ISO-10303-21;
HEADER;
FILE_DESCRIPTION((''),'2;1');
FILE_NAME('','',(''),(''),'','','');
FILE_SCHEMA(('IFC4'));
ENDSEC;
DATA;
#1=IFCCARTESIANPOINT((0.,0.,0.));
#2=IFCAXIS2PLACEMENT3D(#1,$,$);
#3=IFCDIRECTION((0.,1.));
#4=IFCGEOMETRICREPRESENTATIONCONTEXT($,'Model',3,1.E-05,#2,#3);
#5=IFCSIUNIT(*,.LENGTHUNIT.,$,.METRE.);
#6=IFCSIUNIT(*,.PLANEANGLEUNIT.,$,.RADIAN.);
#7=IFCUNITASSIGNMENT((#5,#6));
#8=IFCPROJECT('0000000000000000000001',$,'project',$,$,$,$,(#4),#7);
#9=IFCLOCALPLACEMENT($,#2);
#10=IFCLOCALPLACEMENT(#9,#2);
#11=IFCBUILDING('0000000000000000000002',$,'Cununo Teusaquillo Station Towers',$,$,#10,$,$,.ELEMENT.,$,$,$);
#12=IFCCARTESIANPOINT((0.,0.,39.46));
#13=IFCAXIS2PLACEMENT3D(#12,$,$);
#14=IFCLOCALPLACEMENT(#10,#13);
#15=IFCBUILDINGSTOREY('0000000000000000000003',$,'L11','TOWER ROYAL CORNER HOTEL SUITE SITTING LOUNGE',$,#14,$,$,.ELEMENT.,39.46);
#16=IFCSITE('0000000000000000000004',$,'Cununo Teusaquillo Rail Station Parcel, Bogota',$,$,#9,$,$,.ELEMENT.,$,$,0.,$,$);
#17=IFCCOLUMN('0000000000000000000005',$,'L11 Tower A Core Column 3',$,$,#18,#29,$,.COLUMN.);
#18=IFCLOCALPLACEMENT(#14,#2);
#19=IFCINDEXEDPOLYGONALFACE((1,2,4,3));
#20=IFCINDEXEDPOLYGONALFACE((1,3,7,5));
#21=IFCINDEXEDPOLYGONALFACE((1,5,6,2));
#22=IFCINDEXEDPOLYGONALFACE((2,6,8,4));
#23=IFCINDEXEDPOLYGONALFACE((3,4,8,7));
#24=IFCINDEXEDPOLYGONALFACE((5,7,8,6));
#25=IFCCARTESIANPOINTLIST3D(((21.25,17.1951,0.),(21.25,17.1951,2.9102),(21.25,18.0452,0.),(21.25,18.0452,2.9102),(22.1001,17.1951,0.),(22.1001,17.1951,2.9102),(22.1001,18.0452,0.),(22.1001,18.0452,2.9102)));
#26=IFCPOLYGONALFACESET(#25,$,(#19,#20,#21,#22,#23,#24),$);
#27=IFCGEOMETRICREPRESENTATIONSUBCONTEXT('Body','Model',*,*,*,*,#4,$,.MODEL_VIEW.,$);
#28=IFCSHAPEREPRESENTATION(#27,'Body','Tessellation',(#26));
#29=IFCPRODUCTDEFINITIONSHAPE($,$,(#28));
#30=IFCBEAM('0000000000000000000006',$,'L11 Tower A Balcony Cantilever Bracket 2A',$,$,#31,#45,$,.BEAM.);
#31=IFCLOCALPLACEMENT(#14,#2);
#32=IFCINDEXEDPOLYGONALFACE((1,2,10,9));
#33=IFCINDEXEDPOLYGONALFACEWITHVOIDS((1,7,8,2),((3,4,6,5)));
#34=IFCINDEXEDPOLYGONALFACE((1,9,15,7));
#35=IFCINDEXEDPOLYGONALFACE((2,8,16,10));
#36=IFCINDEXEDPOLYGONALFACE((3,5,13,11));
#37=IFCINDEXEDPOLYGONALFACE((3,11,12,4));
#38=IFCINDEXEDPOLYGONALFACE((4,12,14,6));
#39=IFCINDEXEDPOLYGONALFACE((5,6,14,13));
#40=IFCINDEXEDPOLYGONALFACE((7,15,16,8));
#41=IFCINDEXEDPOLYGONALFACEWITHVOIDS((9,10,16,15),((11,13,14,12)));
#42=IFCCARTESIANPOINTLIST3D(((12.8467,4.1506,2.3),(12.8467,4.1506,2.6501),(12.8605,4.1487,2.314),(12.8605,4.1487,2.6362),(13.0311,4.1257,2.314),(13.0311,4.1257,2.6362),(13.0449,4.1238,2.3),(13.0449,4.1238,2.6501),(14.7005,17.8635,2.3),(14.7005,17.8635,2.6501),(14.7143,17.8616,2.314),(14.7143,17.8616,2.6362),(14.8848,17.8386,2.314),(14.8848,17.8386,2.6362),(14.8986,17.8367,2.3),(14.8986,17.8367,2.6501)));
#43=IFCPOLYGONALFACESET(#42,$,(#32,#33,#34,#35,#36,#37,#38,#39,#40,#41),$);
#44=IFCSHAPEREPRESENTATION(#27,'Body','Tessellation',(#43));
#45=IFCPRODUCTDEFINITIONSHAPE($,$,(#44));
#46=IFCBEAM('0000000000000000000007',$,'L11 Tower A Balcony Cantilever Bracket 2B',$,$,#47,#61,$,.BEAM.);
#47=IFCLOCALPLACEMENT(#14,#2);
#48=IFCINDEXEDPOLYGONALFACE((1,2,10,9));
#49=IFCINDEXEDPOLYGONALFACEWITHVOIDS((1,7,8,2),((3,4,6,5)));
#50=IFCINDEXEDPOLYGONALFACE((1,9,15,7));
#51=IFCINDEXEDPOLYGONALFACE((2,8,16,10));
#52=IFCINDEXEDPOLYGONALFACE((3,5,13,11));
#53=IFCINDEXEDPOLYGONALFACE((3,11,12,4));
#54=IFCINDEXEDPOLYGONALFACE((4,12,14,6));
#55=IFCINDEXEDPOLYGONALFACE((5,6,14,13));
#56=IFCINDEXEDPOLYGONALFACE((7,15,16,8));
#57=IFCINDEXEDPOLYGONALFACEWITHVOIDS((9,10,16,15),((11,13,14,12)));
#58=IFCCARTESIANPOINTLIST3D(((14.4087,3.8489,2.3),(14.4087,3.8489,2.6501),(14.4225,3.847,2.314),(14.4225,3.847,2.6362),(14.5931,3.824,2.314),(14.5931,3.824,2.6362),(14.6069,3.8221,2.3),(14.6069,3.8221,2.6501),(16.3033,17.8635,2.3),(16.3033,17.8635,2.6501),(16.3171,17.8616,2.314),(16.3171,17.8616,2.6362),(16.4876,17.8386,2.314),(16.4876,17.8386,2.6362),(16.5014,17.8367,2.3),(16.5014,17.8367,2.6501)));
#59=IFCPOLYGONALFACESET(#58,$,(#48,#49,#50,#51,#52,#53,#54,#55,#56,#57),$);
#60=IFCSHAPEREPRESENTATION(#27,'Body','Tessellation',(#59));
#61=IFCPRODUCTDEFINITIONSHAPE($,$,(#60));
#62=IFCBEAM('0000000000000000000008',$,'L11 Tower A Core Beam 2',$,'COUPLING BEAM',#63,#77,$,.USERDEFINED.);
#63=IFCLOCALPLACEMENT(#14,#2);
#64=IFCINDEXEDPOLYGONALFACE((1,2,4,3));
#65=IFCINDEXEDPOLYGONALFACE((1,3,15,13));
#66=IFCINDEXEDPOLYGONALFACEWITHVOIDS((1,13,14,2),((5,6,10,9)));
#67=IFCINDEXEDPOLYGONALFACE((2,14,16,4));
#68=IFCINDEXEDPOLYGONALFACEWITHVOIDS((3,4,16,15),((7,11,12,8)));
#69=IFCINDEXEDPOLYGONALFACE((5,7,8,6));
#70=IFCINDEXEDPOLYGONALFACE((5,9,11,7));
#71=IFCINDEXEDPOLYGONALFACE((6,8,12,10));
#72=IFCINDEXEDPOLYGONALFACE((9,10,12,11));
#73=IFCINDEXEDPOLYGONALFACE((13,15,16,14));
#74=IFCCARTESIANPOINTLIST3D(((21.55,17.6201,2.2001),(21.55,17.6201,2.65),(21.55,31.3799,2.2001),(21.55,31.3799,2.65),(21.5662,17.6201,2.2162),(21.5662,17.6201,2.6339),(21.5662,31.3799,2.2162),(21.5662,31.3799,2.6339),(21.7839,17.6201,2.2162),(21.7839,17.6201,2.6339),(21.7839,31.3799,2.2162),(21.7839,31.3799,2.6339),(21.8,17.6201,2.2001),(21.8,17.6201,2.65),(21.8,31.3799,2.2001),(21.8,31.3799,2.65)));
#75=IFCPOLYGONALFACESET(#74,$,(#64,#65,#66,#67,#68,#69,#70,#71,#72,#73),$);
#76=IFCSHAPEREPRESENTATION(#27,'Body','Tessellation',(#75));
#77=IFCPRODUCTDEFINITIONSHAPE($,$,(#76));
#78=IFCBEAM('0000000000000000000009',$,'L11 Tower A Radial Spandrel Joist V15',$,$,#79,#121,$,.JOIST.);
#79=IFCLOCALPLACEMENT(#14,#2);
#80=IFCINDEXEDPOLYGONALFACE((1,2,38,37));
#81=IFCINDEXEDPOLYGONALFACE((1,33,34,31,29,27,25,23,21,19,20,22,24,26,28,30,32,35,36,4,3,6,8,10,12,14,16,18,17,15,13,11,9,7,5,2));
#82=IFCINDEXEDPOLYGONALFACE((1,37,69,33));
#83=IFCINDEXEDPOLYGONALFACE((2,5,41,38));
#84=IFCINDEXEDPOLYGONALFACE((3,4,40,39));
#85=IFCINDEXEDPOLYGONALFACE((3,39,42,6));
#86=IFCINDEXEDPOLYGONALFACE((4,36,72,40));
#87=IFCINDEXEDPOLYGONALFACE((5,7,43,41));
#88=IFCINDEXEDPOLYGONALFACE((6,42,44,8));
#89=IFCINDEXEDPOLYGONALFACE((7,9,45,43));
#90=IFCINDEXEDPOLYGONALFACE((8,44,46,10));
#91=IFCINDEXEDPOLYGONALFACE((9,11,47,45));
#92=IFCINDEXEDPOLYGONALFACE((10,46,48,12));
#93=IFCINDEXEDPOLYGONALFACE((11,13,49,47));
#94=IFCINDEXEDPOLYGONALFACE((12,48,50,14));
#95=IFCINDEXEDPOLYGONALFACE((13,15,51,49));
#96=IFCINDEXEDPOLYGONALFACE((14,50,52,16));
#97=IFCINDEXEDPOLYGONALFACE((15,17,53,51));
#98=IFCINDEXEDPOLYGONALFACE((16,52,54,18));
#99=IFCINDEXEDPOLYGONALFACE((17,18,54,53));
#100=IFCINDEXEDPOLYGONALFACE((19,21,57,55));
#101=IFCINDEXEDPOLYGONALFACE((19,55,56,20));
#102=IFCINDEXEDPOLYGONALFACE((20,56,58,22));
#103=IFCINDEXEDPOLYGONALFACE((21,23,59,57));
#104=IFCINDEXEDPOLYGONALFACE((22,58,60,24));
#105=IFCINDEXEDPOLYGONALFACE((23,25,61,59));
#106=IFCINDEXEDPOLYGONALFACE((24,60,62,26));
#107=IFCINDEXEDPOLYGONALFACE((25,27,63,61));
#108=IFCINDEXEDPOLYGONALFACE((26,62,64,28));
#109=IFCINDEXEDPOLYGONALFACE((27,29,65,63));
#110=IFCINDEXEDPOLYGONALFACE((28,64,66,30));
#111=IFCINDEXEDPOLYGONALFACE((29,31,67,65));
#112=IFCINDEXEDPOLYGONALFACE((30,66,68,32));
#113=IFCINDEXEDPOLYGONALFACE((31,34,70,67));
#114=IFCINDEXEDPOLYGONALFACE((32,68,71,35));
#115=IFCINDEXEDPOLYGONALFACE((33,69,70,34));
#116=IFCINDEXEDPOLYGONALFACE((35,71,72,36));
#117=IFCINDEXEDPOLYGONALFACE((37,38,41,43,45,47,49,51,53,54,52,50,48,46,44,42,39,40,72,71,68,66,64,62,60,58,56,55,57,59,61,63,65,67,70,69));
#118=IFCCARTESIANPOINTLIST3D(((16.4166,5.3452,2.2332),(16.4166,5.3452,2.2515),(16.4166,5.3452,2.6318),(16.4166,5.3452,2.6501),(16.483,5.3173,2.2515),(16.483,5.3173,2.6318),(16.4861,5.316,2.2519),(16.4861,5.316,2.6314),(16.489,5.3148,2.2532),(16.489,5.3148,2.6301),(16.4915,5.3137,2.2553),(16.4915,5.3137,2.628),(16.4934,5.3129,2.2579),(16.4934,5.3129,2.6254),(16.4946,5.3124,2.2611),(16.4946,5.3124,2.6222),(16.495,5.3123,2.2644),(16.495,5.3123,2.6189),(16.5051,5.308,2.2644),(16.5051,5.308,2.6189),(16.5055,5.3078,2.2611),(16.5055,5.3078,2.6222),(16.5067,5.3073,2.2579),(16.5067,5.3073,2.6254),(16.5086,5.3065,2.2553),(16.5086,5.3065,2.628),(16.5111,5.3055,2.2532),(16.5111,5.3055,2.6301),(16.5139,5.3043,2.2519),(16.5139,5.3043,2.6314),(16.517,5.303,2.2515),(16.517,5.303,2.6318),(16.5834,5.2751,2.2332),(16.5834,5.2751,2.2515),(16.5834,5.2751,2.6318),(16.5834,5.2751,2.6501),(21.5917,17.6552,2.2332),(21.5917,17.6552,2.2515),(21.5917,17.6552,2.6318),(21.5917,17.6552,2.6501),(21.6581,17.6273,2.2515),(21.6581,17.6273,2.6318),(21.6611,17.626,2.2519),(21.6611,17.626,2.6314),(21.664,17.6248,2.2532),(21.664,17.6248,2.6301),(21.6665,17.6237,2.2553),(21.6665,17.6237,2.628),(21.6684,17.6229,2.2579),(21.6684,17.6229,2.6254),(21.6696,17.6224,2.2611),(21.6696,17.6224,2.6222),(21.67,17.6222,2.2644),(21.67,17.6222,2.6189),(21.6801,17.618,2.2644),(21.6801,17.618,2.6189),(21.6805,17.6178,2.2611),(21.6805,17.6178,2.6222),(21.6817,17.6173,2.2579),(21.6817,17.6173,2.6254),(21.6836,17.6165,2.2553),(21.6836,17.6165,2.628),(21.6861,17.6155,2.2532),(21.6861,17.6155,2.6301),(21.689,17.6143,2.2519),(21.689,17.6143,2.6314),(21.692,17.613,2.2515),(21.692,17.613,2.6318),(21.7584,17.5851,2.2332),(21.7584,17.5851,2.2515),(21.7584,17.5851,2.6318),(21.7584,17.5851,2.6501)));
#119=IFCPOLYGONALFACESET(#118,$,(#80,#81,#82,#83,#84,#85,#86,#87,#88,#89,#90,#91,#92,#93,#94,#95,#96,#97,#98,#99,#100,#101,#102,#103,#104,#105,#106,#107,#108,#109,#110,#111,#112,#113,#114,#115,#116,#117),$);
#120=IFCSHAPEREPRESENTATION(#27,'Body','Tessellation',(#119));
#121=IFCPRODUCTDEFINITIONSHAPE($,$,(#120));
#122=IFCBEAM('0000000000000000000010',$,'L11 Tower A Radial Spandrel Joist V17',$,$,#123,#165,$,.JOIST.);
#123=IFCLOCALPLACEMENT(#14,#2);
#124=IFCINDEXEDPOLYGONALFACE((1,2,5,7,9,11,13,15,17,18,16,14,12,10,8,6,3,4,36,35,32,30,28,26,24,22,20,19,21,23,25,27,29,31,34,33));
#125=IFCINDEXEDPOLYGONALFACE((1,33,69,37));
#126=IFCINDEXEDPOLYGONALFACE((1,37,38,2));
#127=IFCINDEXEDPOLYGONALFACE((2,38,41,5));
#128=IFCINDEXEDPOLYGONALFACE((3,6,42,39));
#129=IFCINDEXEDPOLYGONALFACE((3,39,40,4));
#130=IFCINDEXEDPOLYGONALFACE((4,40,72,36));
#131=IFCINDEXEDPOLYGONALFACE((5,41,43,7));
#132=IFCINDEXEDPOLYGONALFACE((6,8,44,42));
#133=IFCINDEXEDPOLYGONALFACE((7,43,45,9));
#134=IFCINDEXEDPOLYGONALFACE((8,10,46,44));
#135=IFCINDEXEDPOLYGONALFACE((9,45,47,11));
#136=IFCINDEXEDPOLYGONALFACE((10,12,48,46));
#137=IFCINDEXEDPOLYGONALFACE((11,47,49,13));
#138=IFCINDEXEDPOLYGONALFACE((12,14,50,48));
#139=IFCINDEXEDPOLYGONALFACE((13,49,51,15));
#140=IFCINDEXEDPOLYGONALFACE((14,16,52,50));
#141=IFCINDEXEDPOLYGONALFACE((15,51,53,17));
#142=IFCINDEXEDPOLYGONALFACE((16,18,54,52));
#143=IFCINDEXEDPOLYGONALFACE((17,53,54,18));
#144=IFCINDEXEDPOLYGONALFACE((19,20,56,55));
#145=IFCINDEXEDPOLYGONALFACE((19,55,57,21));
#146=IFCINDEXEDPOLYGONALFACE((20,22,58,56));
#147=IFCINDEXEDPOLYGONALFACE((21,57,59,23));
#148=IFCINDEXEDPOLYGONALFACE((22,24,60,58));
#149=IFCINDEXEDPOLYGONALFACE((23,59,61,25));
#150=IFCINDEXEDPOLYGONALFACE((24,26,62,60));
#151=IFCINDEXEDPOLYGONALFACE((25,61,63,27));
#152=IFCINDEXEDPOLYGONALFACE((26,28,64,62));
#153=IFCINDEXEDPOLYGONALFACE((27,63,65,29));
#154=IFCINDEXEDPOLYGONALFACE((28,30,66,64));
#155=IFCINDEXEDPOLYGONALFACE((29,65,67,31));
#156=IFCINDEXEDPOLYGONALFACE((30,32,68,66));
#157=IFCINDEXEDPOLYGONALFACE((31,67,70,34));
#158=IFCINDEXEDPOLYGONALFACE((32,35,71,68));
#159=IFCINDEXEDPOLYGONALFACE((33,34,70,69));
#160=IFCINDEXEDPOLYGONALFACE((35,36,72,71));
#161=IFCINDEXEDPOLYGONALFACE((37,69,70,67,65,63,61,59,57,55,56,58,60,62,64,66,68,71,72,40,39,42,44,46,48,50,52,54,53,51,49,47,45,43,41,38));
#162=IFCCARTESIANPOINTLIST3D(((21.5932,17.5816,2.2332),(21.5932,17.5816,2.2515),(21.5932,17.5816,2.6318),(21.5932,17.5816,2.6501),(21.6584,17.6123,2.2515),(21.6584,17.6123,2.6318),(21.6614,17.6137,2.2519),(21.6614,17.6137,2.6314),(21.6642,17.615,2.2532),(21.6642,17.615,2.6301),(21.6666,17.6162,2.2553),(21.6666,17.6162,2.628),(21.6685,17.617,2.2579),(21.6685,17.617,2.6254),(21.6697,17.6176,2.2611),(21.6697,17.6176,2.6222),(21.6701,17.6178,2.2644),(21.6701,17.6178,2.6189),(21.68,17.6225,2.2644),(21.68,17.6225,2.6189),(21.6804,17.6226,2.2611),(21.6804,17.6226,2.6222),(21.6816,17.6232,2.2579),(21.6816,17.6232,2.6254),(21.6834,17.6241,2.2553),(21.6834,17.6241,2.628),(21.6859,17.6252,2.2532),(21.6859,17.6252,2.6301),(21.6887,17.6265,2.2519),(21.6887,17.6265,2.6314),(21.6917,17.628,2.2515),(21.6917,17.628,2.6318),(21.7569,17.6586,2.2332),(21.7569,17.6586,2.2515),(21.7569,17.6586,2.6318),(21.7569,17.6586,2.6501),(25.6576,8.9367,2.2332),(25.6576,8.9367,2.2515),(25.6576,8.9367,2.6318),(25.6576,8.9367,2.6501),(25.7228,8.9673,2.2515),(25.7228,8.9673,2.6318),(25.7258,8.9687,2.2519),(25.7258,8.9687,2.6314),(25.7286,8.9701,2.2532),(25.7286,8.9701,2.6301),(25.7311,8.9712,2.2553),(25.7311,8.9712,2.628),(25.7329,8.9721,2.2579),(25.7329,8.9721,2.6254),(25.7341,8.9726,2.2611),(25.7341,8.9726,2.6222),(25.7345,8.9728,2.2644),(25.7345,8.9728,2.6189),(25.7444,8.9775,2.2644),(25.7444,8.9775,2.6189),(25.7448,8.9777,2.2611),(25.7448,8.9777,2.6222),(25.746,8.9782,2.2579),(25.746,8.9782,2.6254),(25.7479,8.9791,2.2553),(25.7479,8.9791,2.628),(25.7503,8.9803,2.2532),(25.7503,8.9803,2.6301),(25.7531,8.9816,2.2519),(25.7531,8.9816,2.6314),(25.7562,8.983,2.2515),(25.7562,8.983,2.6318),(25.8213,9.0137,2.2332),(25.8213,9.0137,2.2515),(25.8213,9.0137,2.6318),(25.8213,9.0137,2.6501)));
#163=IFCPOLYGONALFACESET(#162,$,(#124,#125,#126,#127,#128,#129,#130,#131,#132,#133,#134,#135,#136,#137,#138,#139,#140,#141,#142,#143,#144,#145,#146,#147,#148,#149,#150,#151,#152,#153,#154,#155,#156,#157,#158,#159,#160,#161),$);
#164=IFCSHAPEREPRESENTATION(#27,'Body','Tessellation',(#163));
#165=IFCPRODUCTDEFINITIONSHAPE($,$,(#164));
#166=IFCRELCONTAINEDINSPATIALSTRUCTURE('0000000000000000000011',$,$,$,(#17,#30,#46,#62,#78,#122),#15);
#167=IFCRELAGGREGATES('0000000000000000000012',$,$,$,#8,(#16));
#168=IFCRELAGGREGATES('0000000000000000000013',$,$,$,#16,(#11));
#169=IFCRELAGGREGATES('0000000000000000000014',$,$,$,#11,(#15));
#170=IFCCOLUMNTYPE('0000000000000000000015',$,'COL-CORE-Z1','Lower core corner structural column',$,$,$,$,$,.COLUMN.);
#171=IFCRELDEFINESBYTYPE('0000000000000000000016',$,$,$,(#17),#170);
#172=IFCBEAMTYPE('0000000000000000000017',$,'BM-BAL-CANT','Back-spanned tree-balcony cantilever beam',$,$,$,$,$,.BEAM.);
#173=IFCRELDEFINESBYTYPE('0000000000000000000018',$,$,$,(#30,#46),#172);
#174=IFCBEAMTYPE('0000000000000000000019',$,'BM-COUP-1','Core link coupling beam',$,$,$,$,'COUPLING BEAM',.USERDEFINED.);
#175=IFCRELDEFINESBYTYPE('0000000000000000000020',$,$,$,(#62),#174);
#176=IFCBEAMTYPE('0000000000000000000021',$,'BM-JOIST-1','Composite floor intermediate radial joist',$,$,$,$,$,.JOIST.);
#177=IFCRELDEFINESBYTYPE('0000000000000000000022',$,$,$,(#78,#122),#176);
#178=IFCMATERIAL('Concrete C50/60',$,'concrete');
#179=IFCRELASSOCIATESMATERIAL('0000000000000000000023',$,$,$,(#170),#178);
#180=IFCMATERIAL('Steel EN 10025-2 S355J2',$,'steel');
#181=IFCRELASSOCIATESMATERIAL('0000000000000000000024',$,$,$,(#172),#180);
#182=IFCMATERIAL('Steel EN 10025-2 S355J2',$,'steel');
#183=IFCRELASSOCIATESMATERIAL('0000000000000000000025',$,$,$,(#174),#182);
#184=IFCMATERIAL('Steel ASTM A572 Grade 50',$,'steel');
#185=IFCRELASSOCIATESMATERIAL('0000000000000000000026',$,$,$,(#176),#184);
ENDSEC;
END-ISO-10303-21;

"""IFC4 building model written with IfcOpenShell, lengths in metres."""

from ifc_helpers import new_model, si_unit, direction, frame, origin, origin_2d, place, context, subcontext, project, spatial, rectangle, hollow_rectangle, i_section, extrude, material, material_profile, profile_set, type_object, element, save


model = new_model("IFC4")

# Units and contexts
model_context = context("Model", 3, precision=1e-05, world=origin(), true_north=direction((0.0, 1.0)))
body_context = subcontext(model_context, "Body", "Model", "MODEL_VIEW")
ifc_project = project(units=[si_unit("LENGTHUNIT", "METRE"), si_unit("PLANEANGLEUNIT", "RADIAN")], contexts=[model_context])

# Site, building, storey
site_placement = place(None, origin())
site = spatial("IfcSite", under=ifc_project, at=site_placement, Name="Cununo Teusaquillo Rail Station Parcel, Bogota", CompositionType="ELEMENT", RefElevation=0.0)
building_placement = place(site_placement, origin())
building = spatial("IfcBuilding", under=site, at=building_placement, Name="Cununo Teusaquillo Station Towers", CompositionType="ELEMENT")
storey_placement = place(building_placement, frame((0.0, 0.0, 39.46)))
storey = spatial("IfcBuildingStorey", under=building, at=storey_placement, Name="L11", Description="TOWER ROYAL CORNER HOTEL SUITE SITTING LOUNGE", CompositionType="ELEMENT", Elevation=39.46)

# Column
ifc_material_1 = material(Name="Concrete C50/60", Category="concrete")
ifc_material_profile_1 = material_profile(ifc_material_1, rectangle(XDim=0.8501, YDim=0.8501, at=origin_2d()), Name="RC-RECT-850x850")
ifc_profile_set_1 = profile_set([ifc_material_profile_1], Name="Concrete C50/60")
column_type = type_object("IfcColumnType", Name="COL-CORE-Z1", Description="Lower core corner structural column", PredefinedType="COLUMN", material=ifc_profile_set_1)
column_placement = place(storey_placement, frame((21.675, 17.6201, 0.0), z_axis=(0.0, 0.0, 1.0), x_axis=(1.0, 0.0, 0.0)))
element("IfcColumn", 1, at=column_placement, inside=storey, type_object=column_type, Name="L11 Tower A Core Column 3", PredefinedType="COLUMN", context=body_context, shape_type="SweptSolid", body=[
    extrude(rectangle(XDim=0.8501, YDim=0.8501, at=origin_2d()), origin(), (0.0, 0.0, 1.0), 2.9102),
])

# Beams
ifc_material_2 = material(Name="Steel EN 10025-2 S355J2", Category="steel")
ifc_material_profile_2 = material_profile(ifc_material_2, hollow_rectangle(XDim=0.2, YDim=0.3501, WallThickness=0.0139, at=origin_2d()), Name="RHS 350x200x14")
ifc_profile_set_2 = profile_set([ifc_material_profile_2], Name="Steel EN 10025-2 S355J2")
beam_type_1 = type_object("IfcBeamType", Name="BM-BAL-CANT", Description="Back-spanned tree-balcony cantilever beam", PredefinedType="BEAM", material=ifc_profile_set_2)
beam_1_placement = place(storey_placement, frame((14.7996, 17.8501, 2.4751), z_axis=(-0.133965, -0.990986, 0.0), x_axis=(0.990986, -0.133965, 0.0)))
element("IfcBeam", 2, at=beam_1_placement, inside=storey, type_object=beam_type_1, Name="L11 Tower A Balcony Cantilever Bracket 2A", PredefinedType="BEAM", context=body_context, shape_type="SweptSolid", body=[
    extrude(hollow_rectangle(XDim=0.2, YDim=0.3501, WallThickness=0.0139, at=origin_2d()), origin(), (0.0, 0.0, 1.0), 13.8376),
])
beam_2_placement = place(storey_placement, frame((16.4023, 17.8501, 2.4751), z_axis=(-0.133964, -0.990986, 0.0), x_axis=(0.990986, -0.133964, 0.0)))
element("IfcBeam", 3, at=beam_2_placement, inside=storey, type_object=beam_type_1, Name="L11 Tower A Balcony Cantilever Bracket 2B", PredefinedType="BEAM", context=body_context, shape_type="SweptSolid", body=[
    extrude(hollow_rectangle(XDim=0.2, YDim=0.3501, WallThickness=0.0139, at=origin_2d()), origin(), (0.0, 0.0, 1.0), 14.1421),
])
ifc_material_3 = material(Name="Steel EN 10025-2 S355J2", Category="steel")
ifc_material_profile_3 = material_profile(ifc_material_3, hollow_rectangle(XDim=0.25, YDim=0.45, WallThickness=0.0161, at=origin_2d()), Name="RHS 450x250x16")
ifc_profile_set_3 = profile_set([ifc_material_profile_3], Name="Steel EN 10025-2 S355J2")
beam_type_2 = type_object("IfcBeamType", Name="BM-COUP-1", Description="Core link coupling beam", ElementType="COUPLING BEAM", PredefinedType="USERDEFINED", material=ifc_profile_set_3)
beam_3_placement = place(storey_placement, frame((21.675, 17.6201, 2.425), z_axis=(0.0, 1.0, 0.0), x_axis=(-1.0, 0.0, 0.0)))
element("IfcBeam", 4, at=beam_3_placement, inside=storey, type_object=beam_type_2, Name="L11 Tower A Core Beam 2", ObjectType="COUPLING BEAM", PredefinedType="USERDEFINED", context=body_context, shape_type="SweptSolid", body=[
    extrude(hollow_rectangle(XDim=0.25, YDim=0.45, WallThickness=0.0161, at=origin_2d()), origin(), (0.0, 0.0, 1.0), 13.7598),
])
ifc_material_4 = material(Name="Steel ASTM A572 Grade 50", Category="steel")
ifc_material_profile_4 = material_profile(ifc_material_4, i_section(OverallWidth=0.1809, OverallDepth=0.417, WebThickness=0.011, FlangeThickness=0.0183, FilletRadius=0.0129, at=origin_2d()), Name="W16X57")
ifc_profile_set_4 = profile_set([ifc_material_profile_4], Name="Steel ASTM A572 Grade 50")
beam_type_3 = type_object("IfcBeamType", Name="BM-JOIST-1", Description="Composite floor intermediate radial joist", PredefinedType="JOIST", material=ifc_profile_set_4)
beam_4_placement = place(storey_placement, frame((21.675, 17.6201, 2.4417), z_axis=(-0.38754, -0.921853, 0.0), x_axis=(0.921853, -0.38754, 0.0)))
element("IfcBeam", 5, at=beam_4_placement, inside=storey, type_object=beam_type_3, Name="L11 Tower A Radial Spandrel Joist V15", PredefinedType="JOIST", context=body_context, shape_type="SweptSolid", body=[
    extrude(i_section(OverallWidth=0.1809, OverallDepth=0.417, WebThickness=0.011, FlangeThickness=0.0183, FilletRadius=0.0129, at=origin_2d()), origin(), (0.0, 0.0, 1.0), 13.3535),
])
beam_5_placement = place(storey_placement, frame((21.675, 17.6201, 2.4417), z_axis=(0.425472, -0.904972, 0.0), x_axis=(0.904972, 0.425472, 0.0)))
element("IfcBeam", 6, at=beam_5_placement, inside=storey, type_object=beam_type_3, Name="L11 Tower A Radial Spandrel Joist V17", PredefinedType="JOIST", context=body_context, shape_type="SweptSolid", body=[
    extrude(i_section(OverallWidth=0.1809, OverallDepth=0.417, WebThickness=0.011, FlangeThickness=0.0183, FilletRadius=0.0129, at=origin_2d()), origin(), (0.0, 0.0, 1.0), 9.5527),
])

save(model, "model.ifc")
